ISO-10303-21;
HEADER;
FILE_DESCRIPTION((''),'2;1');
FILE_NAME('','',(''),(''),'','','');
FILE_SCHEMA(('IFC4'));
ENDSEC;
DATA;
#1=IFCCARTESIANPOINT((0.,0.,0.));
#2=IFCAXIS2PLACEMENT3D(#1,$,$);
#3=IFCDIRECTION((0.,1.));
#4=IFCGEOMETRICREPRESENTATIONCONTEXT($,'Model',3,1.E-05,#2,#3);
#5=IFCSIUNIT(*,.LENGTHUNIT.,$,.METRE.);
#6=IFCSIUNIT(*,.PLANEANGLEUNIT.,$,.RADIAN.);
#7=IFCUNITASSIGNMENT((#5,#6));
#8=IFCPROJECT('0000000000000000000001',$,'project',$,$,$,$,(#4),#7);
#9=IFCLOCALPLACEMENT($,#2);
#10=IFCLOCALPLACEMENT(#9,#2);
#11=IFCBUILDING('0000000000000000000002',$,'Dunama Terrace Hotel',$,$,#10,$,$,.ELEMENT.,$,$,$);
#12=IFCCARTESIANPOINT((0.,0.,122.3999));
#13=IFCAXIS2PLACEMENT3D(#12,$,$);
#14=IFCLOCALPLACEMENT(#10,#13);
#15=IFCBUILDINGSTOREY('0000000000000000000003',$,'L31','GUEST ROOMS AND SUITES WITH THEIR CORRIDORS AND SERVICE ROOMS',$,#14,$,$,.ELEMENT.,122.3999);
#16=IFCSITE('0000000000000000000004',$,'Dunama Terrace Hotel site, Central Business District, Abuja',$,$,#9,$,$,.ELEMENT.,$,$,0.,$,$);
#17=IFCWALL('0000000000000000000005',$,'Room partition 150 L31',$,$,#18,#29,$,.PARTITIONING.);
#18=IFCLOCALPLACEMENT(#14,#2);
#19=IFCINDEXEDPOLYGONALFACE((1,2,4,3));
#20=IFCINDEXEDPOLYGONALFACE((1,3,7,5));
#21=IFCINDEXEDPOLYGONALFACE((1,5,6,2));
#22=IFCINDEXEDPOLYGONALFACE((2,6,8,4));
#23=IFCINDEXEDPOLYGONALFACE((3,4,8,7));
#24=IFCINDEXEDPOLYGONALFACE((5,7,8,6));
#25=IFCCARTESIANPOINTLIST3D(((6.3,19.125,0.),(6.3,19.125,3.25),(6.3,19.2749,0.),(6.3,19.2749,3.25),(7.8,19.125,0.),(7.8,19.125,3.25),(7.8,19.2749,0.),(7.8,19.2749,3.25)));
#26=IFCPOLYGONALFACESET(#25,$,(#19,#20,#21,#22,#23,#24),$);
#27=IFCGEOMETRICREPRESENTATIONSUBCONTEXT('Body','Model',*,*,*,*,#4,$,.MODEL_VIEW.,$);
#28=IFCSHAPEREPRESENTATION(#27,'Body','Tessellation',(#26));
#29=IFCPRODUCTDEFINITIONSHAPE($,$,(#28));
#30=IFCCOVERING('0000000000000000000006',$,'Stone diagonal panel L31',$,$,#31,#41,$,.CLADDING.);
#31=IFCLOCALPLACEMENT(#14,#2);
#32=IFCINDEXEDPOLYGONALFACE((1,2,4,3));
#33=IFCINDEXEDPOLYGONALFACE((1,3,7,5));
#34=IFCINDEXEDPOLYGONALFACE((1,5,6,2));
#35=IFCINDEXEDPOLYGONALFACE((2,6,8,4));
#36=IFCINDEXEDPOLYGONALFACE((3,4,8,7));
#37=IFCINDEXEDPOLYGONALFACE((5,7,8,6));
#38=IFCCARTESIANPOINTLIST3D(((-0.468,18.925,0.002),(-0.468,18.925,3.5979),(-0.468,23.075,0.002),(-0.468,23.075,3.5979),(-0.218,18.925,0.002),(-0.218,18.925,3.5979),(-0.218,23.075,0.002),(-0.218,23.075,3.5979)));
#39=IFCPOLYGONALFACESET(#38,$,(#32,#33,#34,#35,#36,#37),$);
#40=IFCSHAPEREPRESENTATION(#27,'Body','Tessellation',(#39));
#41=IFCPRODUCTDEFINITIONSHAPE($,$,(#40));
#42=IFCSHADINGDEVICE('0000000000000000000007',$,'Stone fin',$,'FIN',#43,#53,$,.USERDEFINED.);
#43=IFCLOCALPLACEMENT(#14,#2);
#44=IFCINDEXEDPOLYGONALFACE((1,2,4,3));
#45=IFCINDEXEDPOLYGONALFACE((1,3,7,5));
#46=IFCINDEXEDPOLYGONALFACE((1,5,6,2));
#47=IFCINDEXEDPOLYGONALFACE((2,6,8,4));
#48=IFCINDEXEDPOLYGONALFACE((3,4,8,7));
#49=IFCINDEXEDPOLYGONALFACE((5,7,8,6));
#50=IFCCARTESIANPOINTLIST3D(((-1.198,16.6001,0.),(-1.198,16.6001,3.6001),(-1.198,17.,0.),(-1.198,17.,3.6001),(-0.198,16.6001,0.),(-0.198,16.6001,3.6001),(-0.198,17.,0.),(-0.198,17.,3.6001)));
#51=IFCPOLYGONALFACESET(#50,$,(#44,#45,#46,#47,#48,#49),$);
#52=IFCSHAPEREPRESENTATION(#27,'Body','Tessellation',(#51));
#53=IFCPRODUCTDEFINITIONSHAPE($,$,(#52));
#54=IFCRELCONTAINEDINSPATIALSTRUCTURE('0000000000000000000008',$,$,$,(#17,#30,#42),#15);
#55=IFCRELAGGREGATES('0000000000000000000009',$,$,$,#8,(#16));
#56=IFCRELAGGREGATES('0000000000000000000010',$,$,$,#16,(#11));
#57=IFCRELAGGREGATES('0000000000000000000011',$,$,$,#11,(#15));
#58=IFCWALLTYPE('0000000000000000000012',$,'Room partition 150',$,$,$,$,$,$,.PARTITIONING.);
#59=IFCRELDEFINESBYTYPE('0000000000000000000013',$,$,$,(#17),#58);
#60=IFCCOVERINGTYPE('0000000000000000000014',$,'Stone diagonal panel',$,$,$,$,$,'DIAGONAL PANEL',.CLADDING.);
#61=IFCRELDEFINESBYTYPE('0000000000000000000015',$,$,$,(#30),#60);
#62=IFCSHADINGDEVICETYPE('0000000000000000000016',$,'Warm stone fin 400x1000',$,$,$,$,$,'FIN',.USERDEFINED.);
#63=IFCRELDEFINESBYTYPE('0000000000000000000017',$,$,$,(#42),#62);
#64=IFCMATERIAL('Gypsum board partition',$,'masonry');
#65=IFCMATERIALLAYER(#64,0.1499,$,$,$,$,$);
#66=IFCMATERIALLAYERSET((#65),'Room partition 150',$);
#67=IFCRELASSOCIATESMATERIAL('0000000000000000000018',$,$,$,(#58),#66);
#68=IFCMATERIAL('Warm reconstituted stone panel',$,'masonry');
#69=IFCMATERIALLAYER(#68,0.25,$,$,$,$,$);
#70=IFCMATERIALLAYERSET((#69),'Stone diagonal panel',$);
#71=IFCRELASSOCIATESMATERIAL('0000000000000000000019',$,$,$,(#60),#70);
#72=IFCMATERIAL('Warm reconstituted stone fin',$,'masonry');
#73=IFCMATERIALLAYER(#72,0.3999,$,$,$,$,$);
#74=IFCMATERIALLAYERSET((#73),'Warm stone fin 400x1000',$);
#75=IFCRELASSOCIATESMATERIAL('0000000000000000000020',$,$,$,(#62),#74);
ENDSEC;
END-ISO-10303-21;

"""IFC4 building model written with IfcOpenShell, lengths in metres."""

from ifc_helpers import new_model, si_unit, direction, frame, frame_2d, origin, origin_2d, place, context, subcontext, project, spatial, rectangle, extrude, material, layer, layer_set, type_object, element, save


model = new_model("IFC4")

# Units and contexts
model_context = context("Model", 3, precision=1e-05, world=origin(), true_north=direction((0.0, 1.0)))
body_context = subcontext(model_context, "Body", "Model", "MODEL_VIEW")
ifc_project = project(units=[si_unit("LENGTHUNIT", "METRE"), si_unit("PLANEANGLEUNIT", "RADIAN")], contexts=[model_context])

# Site, building, storey
site_placement = place(None, origin())
site = spatial("IfcSite", under=ifc_project, at=site_placement, Name="Dunama Terrace Hotel site, Central Business District, Abuja", CompositionType="ELEMENT", RefElevation=0.0)
building_placement = place(site_placement, origin())
building = spatial("IfcBuilding", under=site, at=building_placement, Name="Dunama Terrace Hotel", CompositionType="ELEMENT")
storey_placement = place(building_placement, frame((0.0, 0.0, 122.3999)))
storey = spatial("IfcBuildingStorey", under=building, at=storey_placement, Name="L31", Description="GUEST ROOMS AND SUITES WITH THEIR CORRIDORS AND SERVICE ROOMS", CompositionType="ELEMENT", Elevation=122.3999)

# Shared definitions
ifc_material_1 = material(Name="Gypsum board partition", Category="masonry")
ifc_layer_1 = layer(ifc_material_1, 0.1499)
ifc_layer_set_1 = layer_set([ifc_layer_1], Name="Room partition 150")
wall_type_1 = type_object("IfcWallType", Name="Room partition 150", PredefinedType="PARTITIONING", material=ifc_layer_set_1)

# Wall
wall_1_placement = place(storey_placement, frame((6.3, 19.2, 0.0), z_axis=(0.0, 0.0, 1.0), x_axis=(1.0, 0.0, 0.0)))
element("IfcWall", 1, at=wall_1_placement, inside=storey, type_object=wall_type_1, Name="Room partition 150 L31", PredefinedType="PARTITIONING", context=body_context, shape_type="SweptSolid", body=[
    extrude(rectangle(XDim=1.5, YDim=0.1499, at=frame_2d((0.75, 0.0))), origin(), (0.0, 0.0, 1.0), 3.25),
])

# Covering
ifc_material_2 = material(Name="Warm reconstituted stone panel", Category="masonry")
ifc_layer_2 = layer(ifc_material_2, 0.25)
ifc_layer_set_2 = layer_set([ifc_layer_2], Name="Stone diagonal panel")
covering_type = type_object("IfcCoveringType", Name="Stone diagonal panel", ElementType="DIAGONAL PANEL", PredefinedType="CLADDING", material=ifc_layer_set_2)
covering_placement = place(storey_placement, frame((-0.343, 21.0, 0.002), z_axis=(0.0, 0.0, 1.0), x_axis=(0.0, -1.0, 0.0)))
element("IfcCovering", 2, at=covering_placement, inside=storey, type_object=covering_type, Name="Stone diagonal panel L31", PredefinedType="CLADDING", context=body_context, shape_type="SweptSolid", body=[
    extrude(rectangle(XDim=4.1499, YDim=0.25, at=origin_2d()), origin(), (0.0, 0.0, 1.0), 3.5959),
])

# Shading device
ifc_material_3 = material(Name="Warm reconstituted stone fin", Category="masonry")
ifc_layer_3 = layer(ifc_material_3, 0.3999)
ifc_layer_set_3 = layer_set([ifc_layer_3], Name="Warm stone fin 400x1000")
shading_device_type = type_object("IfcShadingDeviceType", Name="Warm stone fin 400x1000", ElementType="FIN", PredefinedType="USERDEFINED", material=ifc_layer_set_3)
shading_device_placement = place(storey_placement, frame((-0.698, 16.8, 0.0), z_axis=(0.0, 0.0, 1.0), x_axis=(0.0, -1.0, 0.0)))
element("IfcShadingDevice", 3, at=shading_device_placement, inside=storey, type_object=shading_device_type, Name="Stone fin", ObjectType="FIN", PredefinedType="USERDEFINED", context=body_context, shape_type="SweptSolid", body=[
    extrude(rectangle(XDim=0.3999, YDim=1.0, at=origin_2d()), origin(), (0.0, 0.0, 1.0), 3.6001),
])

save(model, "model.ifc")
